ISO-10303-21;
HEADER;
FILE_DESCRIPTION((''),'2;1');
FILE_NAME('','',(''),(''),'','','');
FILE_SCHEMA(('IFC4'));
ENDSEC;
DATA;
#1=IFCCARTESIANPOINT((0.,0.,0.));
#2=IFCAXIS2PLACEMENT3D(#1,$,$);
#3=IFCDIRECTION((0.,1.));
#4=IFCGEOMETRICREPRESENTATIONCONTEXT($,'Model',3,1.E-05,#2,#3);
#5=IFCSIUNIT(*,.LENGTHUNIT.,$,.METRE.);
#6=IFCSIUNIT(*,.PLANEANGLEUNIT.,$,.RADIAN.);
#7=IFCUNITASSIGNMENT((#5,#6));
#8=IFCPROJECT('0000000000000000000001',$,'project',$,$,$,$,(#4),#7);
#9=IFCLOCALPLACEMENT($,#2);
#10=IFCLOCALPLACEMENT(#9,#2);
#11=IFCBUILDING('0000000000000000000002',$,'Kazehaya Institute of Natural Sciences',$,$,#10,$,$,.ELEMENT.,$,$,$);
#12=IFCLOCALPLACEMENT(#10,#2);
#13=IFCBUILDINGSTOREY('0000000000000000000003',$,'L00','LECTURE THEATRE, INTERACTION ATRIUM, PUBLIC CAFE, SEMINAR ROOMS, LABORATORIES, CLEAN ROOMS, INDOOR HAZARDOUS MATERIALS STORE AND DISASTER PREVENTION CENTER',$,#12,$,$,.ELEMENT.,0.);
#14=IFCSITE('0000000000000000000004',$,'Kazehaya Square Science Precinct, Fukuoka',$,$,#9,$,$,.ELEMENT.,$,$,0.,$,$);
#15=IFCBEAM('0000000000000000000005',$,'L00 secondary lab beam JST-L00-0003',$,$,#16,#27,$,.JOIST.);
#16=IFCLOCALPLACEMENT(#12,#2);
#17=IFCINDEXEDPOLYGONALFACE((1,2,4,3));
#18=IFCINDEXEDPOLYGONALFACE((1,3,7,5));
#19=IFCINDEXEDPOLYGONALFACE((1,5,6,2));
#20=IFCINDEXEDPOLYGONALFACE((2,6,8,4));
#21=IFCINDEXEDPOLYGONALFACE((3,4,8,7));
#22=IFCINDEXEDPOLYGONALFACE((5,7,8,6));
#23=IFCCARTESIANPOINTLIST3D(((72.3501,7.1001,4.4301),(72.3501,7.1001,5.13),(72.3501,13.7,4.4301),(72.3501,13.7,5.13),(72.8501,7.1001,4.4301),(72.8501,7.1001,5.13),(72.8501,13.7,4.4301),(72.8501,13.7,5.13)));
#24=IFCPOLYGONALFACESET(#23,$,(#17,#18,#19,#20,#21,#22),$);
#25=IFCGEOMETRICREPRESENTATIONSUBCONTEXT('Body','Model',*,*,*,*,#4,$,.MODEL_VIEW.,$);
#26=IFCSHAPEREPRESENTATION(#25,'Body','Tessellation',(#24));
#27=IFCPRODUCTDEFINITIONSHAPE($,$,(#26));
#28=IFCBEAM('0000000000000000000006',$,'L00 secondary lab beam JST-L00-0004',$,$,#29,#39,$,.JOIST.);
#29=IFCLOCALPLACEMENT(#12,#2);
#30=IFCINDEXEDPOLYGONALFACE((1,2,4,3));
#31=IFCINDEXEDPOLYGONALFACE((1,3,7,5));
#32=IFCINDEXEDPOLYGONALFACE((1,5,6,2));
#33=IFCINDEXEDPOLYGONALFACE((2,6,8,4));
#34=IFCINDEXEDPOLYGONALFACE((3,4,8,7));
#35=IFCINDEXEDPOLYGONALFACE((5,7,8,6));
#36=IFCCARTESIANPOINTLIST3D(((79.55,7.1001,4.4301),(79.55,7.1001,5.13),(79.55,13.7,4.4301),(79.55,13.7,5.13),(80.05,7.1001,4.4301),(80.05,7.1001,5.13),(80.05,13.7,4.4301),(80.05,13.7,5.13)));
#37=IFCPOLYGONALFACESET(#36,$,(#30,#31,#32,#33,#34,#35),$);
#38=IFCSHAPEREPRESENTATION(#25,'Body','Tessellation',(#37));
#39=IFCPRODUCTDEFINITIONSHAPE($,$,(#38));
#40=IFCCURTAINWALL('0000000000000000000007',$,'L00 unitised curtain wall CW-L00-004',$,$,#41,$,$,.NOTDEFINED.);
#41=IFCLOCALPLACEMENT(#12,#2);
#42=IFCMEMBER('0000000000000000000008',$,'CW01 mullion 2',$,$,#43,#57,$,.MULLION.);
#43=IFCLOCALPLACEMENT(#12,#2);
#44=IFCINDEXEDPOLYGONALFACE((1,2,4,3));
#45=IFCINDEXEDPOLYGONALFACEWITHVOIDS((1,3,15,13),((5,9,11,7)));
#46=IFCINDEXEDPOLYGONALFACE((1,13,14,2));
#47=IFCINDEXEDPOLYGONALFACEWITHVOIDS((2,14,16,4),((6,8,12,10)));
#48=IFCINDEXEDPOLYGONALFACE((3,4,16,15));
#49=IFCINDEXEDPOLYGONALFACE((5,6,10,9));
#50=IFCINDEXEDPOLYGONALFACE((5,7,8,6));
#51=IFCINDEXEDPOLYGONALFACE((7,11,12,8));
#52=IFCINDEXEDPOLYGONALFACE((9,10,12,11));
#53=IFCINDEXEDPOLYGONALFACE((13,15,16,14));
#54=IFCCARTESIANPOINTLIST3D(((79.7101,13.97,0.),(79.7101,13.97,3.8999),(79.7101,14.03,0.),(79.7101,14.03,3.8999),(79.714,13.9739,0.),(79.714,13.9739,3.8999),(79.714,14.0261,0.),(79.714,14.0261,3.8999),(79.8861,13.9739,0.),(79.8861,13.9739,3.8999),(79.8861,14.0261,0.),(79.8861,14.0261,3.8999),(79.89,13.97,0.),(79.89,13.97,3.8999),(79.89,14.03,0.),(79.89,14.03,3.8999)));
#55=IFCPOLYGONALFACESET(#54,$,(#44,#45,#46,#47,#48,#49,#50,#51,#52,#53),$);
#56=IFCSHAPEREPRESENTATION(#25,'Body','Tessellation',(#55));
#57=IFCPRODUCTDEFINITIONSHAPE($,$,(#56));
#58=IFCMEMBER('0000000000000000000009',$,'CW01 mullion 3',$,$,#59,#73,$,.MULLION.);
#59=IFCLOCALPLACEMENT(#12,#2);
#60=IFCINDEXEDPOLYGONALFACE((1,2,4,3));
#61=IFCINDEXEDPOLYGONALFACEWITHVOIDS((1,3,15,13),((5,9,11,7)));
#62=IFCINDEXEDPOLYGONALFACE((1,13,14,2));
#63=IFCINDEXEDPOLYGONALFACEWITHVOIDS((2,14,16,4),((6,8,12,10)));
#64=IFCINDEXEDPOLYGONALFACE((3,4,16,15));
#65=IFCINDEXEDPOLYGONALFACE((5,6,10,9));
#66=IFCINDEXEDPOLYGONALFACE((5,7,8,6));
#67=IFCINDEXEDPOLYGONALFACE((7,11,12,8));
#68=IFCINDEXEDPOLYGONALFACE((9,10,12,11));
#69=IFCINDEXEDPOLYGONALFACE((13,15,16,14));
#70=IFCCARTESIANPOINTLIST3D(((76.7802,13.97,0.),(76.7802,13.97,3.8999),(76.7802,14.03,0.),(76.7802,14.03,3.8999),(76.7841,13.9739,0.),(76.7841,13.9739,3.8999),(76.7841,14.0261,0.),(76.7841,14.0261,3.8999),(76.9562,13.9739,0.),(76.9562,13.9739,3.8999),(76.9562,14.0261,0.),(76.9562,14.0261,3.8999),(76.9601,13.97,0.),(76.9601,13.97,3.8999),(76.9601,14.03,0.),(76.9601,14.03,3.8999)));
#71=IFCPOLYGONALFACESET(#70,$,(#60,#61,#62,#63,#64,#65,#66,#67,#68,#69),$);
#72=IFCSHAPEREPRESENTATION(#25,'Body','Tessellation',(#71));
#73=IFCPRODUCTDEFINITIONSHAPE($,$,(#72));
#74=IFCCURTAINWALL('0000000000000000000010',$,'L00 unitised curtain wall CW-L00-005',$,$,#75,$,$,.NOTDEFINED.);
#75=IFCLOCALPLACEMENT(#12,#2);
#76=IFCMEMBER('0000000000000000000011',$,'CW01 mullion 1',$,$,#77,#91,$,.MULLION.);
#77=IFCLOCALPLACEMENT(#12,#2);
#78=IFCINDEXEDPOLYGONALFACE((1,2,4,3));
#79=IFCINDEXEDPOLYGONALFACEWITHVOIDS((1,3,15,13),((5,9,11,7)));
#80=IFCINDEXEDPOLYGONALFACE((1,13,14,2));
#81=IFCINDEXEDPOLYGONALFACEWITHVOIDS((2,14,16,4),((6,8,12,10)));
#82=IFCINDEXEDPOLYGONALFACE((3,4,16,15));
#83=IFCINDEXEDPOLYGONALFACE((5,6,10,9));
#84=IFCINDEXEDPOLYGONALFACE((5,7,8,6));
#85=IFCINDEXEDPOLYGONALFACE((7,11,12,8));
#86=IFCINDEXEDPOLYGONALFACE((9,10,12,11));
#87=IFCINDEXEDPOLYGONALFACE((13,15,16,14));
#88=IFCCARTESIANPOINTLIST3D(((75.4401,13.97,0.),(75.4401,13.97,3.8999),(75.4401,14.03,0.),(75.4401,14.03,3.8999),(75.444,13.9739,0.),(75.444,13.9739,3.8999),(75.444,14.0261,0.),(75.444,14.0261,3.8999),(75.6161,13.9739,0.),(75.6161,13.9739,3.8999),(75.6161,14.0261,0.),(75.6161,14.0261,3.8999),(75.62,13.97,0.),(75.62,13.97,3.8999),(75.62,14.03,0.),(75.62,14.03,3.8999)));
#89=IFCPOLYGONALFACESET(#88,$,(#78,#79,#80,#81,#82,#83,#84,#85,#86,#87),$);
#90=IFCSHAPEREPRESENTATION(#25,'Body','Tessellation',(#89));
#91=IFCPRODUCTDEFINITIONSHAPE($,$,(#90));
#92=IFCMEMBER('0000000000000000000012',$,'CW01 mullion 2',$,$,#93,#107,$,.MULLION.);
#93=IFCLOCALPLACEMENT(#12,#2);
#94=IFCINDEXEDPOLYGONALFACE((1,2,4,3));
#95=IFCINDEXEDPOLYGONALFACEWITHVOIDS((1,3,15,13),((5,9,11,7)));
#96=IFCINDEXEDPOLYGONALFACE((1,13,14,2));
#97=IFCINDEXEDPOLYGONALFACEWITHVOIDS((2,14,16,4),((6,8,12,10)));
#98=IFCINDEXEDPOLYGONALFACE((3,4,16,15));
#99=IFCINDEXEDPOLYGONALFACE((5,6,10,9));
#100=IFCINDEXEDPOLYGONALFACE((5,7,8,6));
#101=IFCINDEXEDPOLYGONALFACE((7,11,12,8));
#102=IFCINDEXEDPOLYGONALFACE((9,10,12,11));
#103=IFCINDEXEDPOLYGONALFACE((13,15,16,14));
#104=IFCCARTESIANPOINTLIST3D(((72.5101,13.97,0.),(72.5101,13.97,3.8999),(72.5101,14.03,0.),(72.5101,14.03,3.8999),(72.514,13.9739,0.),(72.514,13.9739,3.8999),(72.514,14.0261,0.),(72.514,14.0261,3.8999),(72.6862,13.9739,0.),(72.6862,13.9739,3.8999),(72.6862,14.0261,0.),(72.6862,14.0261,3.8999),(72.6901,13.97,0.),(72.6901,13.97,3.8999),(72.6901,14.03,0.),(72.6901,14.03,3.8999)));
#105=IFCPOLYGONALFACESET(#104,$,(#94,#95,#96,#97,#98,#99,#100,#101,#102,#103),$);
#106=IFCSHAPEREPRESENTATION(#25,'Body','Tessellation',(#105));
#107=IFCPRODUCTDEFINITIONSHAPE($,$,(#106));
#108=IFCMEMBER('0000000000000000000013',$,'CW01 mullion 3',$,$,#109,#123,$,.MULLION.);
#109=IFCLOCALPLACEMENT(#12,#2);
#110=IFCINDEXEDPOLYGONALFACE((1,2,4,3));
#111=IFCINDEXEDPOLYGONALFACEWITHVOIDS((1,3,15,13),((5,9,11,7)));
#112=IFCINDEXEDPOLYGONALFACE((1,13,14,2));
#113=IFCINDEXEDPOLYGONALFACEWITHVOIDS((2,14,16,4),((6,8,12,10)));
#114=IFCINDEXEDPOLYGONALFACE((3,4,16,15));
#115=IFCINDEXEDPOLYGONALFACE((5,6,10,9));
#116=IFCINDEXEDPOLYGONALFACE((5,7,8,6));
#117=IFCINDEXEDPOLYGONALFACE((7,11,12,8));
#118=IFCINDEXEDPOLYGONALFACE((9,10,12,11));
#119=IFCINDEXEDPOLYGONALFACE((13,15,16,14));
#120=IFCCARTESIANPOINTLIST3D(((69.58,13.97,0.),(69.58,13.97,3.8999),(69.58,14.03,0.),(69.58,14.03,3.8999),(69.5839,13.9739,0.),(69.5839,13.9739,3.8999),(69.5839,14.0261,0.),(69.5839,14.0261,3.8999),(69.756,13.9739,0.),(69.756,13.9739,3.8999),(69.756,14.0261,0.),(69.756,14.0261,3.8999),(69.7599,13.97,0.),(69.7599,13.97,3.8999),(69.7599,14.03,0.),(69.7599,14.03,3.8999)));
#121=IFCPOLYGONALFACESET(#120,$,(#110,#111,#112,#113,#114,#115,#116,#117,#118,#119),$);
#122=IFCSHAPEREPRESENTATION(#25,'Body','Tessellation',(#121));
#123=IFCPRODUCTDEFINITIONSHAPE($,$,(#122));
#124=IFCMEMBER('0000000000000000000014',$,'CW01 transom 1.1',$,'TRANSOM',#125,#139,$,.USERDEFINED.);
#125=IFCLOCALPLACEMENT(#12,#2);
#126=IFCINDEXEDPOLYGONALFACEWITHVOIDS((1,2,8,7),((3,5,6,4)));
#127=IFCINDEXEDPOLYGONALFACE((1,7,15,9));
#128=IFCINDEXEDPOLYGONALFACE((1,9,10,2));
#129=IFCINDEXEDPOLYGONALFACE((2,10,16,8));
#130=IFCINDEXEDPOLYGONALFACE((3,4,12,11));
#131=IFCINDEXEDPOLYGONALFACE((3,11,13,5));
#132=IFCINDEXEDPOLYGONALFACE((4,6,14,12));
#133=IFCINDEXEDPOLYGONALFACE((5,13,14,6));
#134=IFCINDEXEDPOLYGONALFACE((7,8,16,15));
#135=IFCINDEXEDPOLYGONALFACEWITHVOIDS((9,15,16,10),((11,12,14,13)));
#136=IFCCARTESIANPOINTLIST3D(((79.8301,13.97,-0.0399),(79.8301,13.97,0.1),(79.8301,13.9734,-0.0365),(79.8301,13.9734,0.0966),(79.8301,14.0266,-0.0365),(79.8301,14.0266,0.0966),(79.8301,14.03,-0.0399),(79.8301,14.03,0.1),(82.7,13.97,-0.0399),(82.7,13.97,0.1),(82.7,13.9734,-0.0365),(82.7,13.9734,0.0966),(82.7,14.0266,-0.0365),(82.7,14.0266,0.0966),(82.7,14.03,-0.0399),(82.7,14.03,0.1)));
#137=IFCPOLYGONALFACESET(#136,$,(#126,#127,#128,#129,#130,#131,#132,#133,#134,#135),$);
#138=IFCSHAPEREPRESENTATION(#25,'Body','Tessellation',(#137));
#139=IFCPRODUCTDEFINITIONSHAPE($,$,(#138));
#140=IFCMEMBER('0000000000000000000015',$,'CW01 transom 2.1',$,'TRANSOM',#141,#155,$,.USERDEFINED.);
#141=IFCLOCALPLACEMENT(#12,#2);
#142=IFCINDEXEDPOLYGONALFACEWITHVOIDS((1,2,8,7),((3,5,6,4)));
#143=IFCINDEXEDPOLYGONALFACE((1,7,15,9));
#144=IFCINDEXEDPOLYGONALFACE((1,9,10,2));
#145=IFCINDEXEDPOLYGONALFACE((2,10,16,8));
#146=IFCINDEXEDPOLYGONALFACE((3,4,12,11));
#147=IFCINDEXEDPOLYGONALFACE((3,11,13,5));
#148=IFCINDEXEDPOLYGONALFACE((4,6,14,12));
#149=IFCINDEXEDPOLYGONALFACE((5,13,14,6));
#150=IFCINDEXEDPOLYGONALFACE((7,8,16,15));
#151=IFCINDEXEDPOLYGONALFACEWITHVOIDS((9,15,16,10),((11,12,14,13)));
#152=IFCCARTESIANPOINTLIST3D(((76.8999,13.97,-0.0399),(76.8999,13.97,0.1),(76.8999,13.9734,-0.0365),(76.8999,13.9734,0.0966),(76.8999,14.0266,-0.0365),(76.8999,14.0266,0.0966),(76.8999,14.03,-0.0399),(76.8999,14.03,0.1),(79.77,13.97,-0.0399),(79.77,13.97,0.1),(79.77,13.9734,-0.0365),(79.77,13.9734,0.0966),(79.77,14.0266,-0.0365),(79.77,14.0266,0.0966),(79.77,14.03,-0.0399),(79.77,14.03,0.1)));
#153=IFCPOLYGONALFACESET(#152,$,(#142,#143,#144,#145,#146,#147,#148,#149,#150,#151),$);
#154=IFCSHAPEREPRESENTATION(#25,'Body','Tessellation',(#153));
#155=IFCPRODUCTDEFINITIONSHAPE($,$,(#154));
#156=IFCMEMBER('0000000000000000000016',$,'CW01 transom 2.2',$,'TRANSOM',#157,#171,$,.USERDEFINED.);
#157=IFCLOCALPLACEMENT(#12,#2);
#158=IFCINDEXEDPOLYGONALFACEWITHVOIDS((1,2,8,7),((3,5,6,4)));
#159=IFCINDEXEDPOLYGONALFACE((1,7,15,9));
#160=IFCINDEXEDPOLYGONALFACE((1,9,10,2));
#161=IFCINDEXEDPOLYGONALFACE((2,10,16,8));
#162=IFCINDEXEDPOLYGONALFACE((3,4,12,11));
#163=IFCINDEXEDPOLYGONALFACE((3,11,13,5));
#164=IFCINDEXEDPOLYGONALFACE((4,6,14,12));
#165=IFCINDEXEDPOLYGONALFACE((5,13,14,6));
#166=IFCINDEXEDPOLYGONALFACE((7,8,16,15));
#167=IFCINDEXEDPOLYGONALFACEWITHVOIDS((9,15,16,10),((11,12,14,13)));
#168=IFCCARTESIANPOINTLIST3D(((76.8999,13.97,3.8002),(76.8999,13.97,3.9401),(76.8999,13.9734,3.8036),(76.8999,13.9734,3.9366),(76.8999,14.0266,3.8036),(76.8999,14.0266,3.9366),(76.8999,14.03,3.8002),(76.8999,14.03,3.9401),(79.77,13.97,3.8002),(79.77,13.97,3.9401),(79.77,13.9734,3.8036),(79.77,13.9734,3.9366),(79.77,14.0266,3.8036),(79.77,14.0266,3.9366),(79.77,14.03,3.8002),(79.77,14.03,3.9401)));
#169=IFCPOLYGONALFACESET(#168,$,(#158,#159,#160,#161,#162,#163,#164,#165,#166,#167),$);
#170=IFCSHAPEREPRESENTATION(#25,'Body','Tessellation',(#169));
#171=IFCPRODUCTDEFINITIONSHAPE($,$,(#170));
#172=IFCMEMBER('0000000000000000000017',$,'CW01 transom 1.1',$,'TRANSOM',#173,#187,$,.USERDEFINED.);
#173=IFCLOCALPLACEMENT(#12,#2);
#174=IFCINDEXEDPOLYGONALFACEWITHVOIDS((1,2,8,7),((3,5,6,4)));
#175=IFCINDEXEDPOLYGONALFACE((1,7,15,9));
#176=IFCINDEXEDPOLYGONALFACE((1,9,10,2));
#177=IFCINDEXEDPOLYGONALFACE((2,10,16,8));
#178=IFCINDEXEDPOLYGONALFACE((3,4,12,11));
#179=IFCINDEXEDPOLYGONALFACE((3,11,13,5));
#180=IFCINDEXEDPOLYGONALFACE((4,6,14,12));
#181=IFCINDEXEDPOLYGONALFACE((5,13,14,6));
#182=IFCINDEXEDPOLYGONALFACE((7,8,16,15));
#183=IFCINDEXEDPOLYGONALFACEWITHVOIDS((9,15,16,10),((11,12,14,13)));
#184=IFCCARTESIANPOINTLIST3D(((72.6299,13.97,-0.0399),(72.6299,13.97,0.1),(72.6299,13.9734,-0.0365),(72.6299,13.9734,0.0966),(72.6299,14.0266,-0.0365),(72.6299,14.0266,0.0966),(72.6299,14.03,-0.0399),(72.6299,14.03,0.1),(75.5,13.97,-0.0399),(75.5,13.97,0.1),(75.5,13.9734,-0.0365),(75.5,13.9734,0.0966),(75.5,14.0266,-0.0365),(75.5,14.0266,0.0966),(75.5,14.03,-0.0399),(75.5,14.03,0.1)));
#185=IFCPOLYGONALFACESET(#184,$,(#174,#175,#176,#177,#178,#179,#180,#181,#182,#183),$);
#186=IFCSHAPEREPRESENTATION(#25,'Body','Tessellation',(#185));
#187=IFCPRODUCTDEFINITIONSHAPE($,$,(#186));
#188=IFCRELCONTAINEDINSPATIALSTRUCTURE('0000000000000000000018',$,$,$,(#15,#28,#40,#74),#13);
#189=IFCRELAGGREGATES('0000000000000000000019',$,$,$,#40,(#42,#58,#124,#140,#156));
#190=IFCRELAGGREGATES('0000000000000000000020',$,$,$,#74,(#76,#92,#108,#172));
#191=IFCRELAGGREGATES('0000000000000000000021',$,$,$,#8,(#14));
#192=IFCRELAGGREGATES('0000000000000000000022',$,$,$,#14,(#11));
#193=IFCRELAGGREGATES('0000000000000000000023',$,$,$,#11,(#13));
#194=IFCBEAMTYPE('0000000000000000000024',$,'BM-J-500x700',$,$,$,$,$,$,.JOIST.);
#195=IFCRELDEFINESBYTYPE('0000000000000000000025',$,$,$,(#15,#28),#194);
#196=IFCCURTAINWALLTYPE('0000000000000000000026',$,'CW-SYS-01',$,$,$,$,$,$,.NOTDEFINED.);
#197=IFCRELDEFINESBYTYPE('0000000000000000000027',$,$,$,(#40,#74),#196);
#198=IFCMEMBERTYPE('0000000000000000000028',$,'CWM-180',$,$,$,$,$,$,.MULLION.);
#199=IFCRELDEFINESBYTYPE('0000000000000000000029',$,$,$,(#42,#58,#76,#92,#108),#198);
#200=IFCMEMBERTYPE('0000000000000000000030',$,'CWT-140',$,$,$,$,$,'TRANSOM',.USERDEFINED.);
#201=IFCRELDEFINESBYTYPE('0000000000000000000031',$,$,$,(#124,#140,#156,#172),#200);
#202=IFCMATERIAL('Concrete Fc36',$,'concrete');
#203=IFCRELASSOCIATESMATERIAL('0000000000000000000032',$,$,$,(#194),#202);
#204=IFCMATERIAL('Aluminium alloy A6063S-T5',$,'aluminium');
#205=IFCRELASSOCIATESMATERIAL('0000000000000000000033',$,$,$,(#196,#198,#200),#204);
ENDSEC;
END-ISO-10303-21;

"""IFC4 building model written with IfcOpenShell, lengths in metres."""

from ifc_helpers import new_model, si_unit, direction, frame, origin, origin_2d, place, context, subcontext, project, spatial, rectangle, hollow_rectangle, extrude, material, material_profile, profile_set, type_object, element, aggregate, save


model = new_model("IFC4")

# Units and contexts
model_context = context("Model", 3, precision=1e-05, world=origin(), true_north=direction((0.0, 1.0)))
body_context = subcontext(model_context, "Body", "Model", "MODEL_VIEW")
ifc_project = project(units=[si_unit("LENGTHUNIT", "METRE"), si_unit("PLANEANGLEUNIT", "RADIAN")], contexts=[model_context])

# Site, building, storey
site_placement = place(None, origin())
site = spatial("IfcSite", under=ifc_project, at=site_placement, Name="Kazehaya Square Science Precinct, Fukuoka", CompositionType="ELEMENT", RefElevation=0.0)
building_placement = place(site_placement, origin())
building = spatial("IfcBuilding", under=site, at=building_placement, Name="Kazehaya Institute of Natural Sciences", CompositionType="ELEMENT")
storey_placement = place(building_placement, origin())
storey = spatial("IfcBuildingStorey", under=building, at=storey_placement, Name="L00", Description="LECTURE THEATRE, INTERACTION ATRIUM, PUBLIC CAFE, SEMINAR ROOMS, LABORATORIES, CLEAN ROOMS, INDOOR HAZARDOUS MATERIALS STORE AND DISASTER PREVENTION CENTER", CompositionType="ELEMENT", Elevation=0.0)

# Shared definitions
ifc_material_1 = material(Name="Concrete Fc36", Category="concrete")

# Beams
ifc_material_profile_1 = material_profile(ifc_material_1, rectangle(XDim=0.5, YDim=0.7, at=origin_2d()), Name="RC-500x700")
ifc_profile_set_1 = profile_set([ifc_material_profile_1], Name="Concrete Fc36")
beam_type_1 = type_object("IfcBeamType", Name="BM-J-500x700", PredefinedType="JOIST", material=ifc_profile_set_1)
for number, where, z_axis, x_axis, name in (
    (1, (72.6001, 7.1001, 4.78), (0.0, 1.0, 0.0), (-1.0, 0.0, 0.0), "L00 secondary lab beam JST-L00-0003"),
    (2, (79.8, 7.1001, 4.78), (0.0, 1.0, 0.0), (-1.0, 0.0, 0.0), "L00 secondary lab beam JST-L00-0004"),
):
    element("IfcBeam", number, at=place(storey_placement, frame(where, z_axis=z_axis, x_axis=x_axis)), inside=storey, type_object=beam_type_1, Name=name, PredefinedType="JOIST", context=body_context, shape_type="SweptSolid", body=[
        extrude(rectangle(XDim=0.5, YDim=0.7, at=origin_2d()), origin(), (0.0, 0.0, 1.0), 6.5999),
    ])

# Curtain walls, members
ifc_material_2 = material(Name="Aluminium alloy A6063S-T5", Category="aluminium")
curtain_wall_type = type_object("IfcCurtainWallType", Name="CW-SYS-01", PredefinedType="NOTDEFINED", material=ifc_material_2)
curtain_wall_1_placement = place(storey_placement, origin())
curtain_wall_1 = element("IfcCurtainWall", 3, at=curtain_wall_1_placement, inside=storey, type_object=curtain_wall_type, Name="L00 unitised curtain wall CW-L00-004", PredefinedType="NOTDEFINED")
ifc_material_profile_2 = material_profile(ifc_material_2, hollow_rectangle(XDim=0.0601, YDim=0.1799, WallThickness=0.0039, at=origin_2d()), Name="ALU-60x180x4")
ifc_profile_set_2 = profile_set([ifc_material_profile_2], Name="Aluminium alloy A6063S-T5")
member_type_1 = type_object("IfcMemberType", Name="CWM-180", PredefinedType="MULLION", material=ifc_profile_set_2)
member_1_placement = place(storey_placement, frame((79.8, 14.0, 0.0), z_axis=(0.0, 0.0, 1.0), x_axis=(0.0, -1.0, 0.0)))
member_1 = element("IfcMember", 4, at=member_1_placement, type_object=member_type_1, Name="CW01 mullion 2", PredefinedType="MULLION", context=body_context, shape_type="SweptSolid", body=[
    extrude(hollow_rectangle(XDim=0.0601, YDim=0.1799, WallThickness=0.0039, at=origin_2d()), origin(), (0.0, 0.0, 1.0), 3.8999),
])
member_2_placement = place(storey_placement, frame((76.8701, 14.0, 0.0), z_axis=(0.0, 0.0, 1.0), x_axis=(0.0, -1.0, 0.0)))
member_2 = element("IfcMember", 5, at=member_2_placement, type_object=member_type_1, Name="CW01 mullion 3", PredefinedType="MULLION", context=body_context, shape_type="SweptSolid", body=[
    extrude(hollow_rectangle(XDim=0.0601, YDim=0.1799, WallThickness=0.0039, at=origin_2d()), origin(), (0.0, 0.0, 1.0), 3.8999),
])
curtain_wall_2_placement = place(storey_placement, origin())
curtain_wall_2 = element("IfcCurtainWall", 6, at=curtain_wall_2_placement, inside=storey, type_object=curtain_wall_type, Name="L00 unitised curtain wall CW-L00-005", PredefinedType="NOTDEFINED")
member_3_placement = place(storey_placement, frame((75.53, 14.0, 0.0), z_axis=(0.0, 0.0, 1.0), x_axis=(0.0, -1.0, 0.0)))
member_3 = element("IfcMember", 7, at=member_3_placement, type_object=member_type_1, Name="CW01 mullion 1", PredefinedType="MULLION", context=body_context, shape_type="SweptSolid", body=[
    extrude(hollow_rectangle(XDim=0.0601, YDim=0.1799, WallThickness=0.0039, at=origin_2d()), origin(), (0.0, 0.0, 1.0), 3.8999),
])
member_4_placement = place(storey_placement, frame((72.6001, 14.0, 0.0), z_axis=(0.0, 0.0, 1.0), x_axis=(0.0, -1.0, 0.0)))
member_4 = element("IfcMember", 8, at=member_4_placement, type_object=member_type_1, Name="CW01 mullion 2", PredefinedType="MULLION", context=body_context, shape_type="SweptSolid", body=[
    extrude(hollow_rectangle(XDim=0.0601, YDim=0.1799, WallThickness=0.0039, at=origin_2d()), origin(), (0.0, 0.0, 1.0), 3.8999),
])
member_5_placement = place(storey_placement, frame((69.6699, 14.0, 0.0), z_axis=(0.0, 0.0, 1.0), x_axis=(0.0, -1.0, 0.0)))
member_5 = element("IfcMember", 9, at=member_5_placement, type_object=member_type_1, Name="CW01 mullion 3", PredefinedType="MULLION", context=body_context, shape_type="SweptSolid", body=[
    extrude(hollow_rectangle(XDim=0.0601, YDim=0.1799, WallThickness=0.0039, at=origin_2d()), origin(), (0.0, 0.0, 1.0), 3.8999),
])

# Members
ifc_material_profile_3 = material_profile(ifc_material_2, hollow_rectangle(XDim=0.0601, YDim=0.1399, WallThickness=0.0034, at=origin_2d()), Name="ALU-60x140x3.5")
ifc_profile_set_3 = profile_set([ifc_material_profile_3], Name="Aluminium alloy A6063S-T5")
member_type_2 = type_object("IfcMemberType", Name="CWT-140", ElementType="TRANSOM", PredefinedType="USERDEFINED", material=ifc_profile_set_3)
member_6_placement = place(storey_placement, frame((82.7, 14.0, 0.03), z_axis=(-1.0, 0.0, 0.0), x_axis=(0.0, -1.0, 0.0)))
member_6 = element("IfcMember", 10, at=member_6_placement, type_object=member_type_2, Name="CW01 transom 1.1", ObjectType="TRANSOM", PredefinedType="USERDEFINED", context=body_context, shape_type="SweptSolid", body=[
    extrude(hollow_rectangle(XDim=0.0601, YDim=0.1399, WallThickness=0.0034, at=origin_2d()), origin(), (0.0, 0.0, 1.0), 2.8699),
])
member_7_placement = place(storey_placement, frame((79.77, 14.0, 0.03), z_axis=(-1.0, 0.0, 0.0), x_axis=(0.0, -1.0, 0.0)))
member_7 = element("IfcMember", 11, at=member_7_placement, type_object=member_type_2, Name="CW01 transom 2.1", ObjectType="TRANSOM", PredefinedType="USERDEFINED", context=body_context, shape_type="SweptSolid", body=[
    extrude(hollow_rectangle(XDim=0.0601, YDim=0.1399, WallThickness=0.0034, at=origin_2d()), origin(), (0.0, 0.0, 1.0), 2.8701),
])
member_8_placement = place(storey_placement, frame((79.77, 14.0, 3.8701), z_axis=(-1.0, 0.0, 0.0), x_axis=(0.0, -1.0, 0.0)))
member_8 = element("IfcMember", 12, at=member_8_placement, type_object=member_type_2, Name="CW01 transom 2.2", ObjectType="TRANSOM", PredefinedType="USERDEFINED", context=body_context, shape_type="SweptSolid", body=[
    extrude(hollow_rectangle(XDim=0.0601, YDim=0.1399, WallThickness=0.0034, at=origin_2d()), origin(), (0.0, 0.0, 1.0), 2.8701),
])
member_9_placement = place(storey_placement, frame((75.5, 14.0, 0.03), z_axis=(-1.0, 0.0, 0.0), x_axis=(0.0, -1.0, 0.0)))
member_9 = element("IfcMember", 13, at=member_9_placement, type_object=member_type_2, Name="CW01 transom 1.1", ObjectType="TRANSOM", PredefinedType="USERDEFINED", context=body_context, shape_type="SweptSolid", body=[
    extrude(hollow_rectangle(XDim=0.0601, YDim=0.1399, WallThickness=0.0034, at=origin_2d()), origin(), (0.0, 0.0, 1.0), 2.8701),
])

aggregate(curtain_wall_1, [member_1, member_2, member_6, member_7, member_8])
aggregate(curtain_wall_2, [member_3, member_4, member_5, member_9])

save(model, "model.ifc")
